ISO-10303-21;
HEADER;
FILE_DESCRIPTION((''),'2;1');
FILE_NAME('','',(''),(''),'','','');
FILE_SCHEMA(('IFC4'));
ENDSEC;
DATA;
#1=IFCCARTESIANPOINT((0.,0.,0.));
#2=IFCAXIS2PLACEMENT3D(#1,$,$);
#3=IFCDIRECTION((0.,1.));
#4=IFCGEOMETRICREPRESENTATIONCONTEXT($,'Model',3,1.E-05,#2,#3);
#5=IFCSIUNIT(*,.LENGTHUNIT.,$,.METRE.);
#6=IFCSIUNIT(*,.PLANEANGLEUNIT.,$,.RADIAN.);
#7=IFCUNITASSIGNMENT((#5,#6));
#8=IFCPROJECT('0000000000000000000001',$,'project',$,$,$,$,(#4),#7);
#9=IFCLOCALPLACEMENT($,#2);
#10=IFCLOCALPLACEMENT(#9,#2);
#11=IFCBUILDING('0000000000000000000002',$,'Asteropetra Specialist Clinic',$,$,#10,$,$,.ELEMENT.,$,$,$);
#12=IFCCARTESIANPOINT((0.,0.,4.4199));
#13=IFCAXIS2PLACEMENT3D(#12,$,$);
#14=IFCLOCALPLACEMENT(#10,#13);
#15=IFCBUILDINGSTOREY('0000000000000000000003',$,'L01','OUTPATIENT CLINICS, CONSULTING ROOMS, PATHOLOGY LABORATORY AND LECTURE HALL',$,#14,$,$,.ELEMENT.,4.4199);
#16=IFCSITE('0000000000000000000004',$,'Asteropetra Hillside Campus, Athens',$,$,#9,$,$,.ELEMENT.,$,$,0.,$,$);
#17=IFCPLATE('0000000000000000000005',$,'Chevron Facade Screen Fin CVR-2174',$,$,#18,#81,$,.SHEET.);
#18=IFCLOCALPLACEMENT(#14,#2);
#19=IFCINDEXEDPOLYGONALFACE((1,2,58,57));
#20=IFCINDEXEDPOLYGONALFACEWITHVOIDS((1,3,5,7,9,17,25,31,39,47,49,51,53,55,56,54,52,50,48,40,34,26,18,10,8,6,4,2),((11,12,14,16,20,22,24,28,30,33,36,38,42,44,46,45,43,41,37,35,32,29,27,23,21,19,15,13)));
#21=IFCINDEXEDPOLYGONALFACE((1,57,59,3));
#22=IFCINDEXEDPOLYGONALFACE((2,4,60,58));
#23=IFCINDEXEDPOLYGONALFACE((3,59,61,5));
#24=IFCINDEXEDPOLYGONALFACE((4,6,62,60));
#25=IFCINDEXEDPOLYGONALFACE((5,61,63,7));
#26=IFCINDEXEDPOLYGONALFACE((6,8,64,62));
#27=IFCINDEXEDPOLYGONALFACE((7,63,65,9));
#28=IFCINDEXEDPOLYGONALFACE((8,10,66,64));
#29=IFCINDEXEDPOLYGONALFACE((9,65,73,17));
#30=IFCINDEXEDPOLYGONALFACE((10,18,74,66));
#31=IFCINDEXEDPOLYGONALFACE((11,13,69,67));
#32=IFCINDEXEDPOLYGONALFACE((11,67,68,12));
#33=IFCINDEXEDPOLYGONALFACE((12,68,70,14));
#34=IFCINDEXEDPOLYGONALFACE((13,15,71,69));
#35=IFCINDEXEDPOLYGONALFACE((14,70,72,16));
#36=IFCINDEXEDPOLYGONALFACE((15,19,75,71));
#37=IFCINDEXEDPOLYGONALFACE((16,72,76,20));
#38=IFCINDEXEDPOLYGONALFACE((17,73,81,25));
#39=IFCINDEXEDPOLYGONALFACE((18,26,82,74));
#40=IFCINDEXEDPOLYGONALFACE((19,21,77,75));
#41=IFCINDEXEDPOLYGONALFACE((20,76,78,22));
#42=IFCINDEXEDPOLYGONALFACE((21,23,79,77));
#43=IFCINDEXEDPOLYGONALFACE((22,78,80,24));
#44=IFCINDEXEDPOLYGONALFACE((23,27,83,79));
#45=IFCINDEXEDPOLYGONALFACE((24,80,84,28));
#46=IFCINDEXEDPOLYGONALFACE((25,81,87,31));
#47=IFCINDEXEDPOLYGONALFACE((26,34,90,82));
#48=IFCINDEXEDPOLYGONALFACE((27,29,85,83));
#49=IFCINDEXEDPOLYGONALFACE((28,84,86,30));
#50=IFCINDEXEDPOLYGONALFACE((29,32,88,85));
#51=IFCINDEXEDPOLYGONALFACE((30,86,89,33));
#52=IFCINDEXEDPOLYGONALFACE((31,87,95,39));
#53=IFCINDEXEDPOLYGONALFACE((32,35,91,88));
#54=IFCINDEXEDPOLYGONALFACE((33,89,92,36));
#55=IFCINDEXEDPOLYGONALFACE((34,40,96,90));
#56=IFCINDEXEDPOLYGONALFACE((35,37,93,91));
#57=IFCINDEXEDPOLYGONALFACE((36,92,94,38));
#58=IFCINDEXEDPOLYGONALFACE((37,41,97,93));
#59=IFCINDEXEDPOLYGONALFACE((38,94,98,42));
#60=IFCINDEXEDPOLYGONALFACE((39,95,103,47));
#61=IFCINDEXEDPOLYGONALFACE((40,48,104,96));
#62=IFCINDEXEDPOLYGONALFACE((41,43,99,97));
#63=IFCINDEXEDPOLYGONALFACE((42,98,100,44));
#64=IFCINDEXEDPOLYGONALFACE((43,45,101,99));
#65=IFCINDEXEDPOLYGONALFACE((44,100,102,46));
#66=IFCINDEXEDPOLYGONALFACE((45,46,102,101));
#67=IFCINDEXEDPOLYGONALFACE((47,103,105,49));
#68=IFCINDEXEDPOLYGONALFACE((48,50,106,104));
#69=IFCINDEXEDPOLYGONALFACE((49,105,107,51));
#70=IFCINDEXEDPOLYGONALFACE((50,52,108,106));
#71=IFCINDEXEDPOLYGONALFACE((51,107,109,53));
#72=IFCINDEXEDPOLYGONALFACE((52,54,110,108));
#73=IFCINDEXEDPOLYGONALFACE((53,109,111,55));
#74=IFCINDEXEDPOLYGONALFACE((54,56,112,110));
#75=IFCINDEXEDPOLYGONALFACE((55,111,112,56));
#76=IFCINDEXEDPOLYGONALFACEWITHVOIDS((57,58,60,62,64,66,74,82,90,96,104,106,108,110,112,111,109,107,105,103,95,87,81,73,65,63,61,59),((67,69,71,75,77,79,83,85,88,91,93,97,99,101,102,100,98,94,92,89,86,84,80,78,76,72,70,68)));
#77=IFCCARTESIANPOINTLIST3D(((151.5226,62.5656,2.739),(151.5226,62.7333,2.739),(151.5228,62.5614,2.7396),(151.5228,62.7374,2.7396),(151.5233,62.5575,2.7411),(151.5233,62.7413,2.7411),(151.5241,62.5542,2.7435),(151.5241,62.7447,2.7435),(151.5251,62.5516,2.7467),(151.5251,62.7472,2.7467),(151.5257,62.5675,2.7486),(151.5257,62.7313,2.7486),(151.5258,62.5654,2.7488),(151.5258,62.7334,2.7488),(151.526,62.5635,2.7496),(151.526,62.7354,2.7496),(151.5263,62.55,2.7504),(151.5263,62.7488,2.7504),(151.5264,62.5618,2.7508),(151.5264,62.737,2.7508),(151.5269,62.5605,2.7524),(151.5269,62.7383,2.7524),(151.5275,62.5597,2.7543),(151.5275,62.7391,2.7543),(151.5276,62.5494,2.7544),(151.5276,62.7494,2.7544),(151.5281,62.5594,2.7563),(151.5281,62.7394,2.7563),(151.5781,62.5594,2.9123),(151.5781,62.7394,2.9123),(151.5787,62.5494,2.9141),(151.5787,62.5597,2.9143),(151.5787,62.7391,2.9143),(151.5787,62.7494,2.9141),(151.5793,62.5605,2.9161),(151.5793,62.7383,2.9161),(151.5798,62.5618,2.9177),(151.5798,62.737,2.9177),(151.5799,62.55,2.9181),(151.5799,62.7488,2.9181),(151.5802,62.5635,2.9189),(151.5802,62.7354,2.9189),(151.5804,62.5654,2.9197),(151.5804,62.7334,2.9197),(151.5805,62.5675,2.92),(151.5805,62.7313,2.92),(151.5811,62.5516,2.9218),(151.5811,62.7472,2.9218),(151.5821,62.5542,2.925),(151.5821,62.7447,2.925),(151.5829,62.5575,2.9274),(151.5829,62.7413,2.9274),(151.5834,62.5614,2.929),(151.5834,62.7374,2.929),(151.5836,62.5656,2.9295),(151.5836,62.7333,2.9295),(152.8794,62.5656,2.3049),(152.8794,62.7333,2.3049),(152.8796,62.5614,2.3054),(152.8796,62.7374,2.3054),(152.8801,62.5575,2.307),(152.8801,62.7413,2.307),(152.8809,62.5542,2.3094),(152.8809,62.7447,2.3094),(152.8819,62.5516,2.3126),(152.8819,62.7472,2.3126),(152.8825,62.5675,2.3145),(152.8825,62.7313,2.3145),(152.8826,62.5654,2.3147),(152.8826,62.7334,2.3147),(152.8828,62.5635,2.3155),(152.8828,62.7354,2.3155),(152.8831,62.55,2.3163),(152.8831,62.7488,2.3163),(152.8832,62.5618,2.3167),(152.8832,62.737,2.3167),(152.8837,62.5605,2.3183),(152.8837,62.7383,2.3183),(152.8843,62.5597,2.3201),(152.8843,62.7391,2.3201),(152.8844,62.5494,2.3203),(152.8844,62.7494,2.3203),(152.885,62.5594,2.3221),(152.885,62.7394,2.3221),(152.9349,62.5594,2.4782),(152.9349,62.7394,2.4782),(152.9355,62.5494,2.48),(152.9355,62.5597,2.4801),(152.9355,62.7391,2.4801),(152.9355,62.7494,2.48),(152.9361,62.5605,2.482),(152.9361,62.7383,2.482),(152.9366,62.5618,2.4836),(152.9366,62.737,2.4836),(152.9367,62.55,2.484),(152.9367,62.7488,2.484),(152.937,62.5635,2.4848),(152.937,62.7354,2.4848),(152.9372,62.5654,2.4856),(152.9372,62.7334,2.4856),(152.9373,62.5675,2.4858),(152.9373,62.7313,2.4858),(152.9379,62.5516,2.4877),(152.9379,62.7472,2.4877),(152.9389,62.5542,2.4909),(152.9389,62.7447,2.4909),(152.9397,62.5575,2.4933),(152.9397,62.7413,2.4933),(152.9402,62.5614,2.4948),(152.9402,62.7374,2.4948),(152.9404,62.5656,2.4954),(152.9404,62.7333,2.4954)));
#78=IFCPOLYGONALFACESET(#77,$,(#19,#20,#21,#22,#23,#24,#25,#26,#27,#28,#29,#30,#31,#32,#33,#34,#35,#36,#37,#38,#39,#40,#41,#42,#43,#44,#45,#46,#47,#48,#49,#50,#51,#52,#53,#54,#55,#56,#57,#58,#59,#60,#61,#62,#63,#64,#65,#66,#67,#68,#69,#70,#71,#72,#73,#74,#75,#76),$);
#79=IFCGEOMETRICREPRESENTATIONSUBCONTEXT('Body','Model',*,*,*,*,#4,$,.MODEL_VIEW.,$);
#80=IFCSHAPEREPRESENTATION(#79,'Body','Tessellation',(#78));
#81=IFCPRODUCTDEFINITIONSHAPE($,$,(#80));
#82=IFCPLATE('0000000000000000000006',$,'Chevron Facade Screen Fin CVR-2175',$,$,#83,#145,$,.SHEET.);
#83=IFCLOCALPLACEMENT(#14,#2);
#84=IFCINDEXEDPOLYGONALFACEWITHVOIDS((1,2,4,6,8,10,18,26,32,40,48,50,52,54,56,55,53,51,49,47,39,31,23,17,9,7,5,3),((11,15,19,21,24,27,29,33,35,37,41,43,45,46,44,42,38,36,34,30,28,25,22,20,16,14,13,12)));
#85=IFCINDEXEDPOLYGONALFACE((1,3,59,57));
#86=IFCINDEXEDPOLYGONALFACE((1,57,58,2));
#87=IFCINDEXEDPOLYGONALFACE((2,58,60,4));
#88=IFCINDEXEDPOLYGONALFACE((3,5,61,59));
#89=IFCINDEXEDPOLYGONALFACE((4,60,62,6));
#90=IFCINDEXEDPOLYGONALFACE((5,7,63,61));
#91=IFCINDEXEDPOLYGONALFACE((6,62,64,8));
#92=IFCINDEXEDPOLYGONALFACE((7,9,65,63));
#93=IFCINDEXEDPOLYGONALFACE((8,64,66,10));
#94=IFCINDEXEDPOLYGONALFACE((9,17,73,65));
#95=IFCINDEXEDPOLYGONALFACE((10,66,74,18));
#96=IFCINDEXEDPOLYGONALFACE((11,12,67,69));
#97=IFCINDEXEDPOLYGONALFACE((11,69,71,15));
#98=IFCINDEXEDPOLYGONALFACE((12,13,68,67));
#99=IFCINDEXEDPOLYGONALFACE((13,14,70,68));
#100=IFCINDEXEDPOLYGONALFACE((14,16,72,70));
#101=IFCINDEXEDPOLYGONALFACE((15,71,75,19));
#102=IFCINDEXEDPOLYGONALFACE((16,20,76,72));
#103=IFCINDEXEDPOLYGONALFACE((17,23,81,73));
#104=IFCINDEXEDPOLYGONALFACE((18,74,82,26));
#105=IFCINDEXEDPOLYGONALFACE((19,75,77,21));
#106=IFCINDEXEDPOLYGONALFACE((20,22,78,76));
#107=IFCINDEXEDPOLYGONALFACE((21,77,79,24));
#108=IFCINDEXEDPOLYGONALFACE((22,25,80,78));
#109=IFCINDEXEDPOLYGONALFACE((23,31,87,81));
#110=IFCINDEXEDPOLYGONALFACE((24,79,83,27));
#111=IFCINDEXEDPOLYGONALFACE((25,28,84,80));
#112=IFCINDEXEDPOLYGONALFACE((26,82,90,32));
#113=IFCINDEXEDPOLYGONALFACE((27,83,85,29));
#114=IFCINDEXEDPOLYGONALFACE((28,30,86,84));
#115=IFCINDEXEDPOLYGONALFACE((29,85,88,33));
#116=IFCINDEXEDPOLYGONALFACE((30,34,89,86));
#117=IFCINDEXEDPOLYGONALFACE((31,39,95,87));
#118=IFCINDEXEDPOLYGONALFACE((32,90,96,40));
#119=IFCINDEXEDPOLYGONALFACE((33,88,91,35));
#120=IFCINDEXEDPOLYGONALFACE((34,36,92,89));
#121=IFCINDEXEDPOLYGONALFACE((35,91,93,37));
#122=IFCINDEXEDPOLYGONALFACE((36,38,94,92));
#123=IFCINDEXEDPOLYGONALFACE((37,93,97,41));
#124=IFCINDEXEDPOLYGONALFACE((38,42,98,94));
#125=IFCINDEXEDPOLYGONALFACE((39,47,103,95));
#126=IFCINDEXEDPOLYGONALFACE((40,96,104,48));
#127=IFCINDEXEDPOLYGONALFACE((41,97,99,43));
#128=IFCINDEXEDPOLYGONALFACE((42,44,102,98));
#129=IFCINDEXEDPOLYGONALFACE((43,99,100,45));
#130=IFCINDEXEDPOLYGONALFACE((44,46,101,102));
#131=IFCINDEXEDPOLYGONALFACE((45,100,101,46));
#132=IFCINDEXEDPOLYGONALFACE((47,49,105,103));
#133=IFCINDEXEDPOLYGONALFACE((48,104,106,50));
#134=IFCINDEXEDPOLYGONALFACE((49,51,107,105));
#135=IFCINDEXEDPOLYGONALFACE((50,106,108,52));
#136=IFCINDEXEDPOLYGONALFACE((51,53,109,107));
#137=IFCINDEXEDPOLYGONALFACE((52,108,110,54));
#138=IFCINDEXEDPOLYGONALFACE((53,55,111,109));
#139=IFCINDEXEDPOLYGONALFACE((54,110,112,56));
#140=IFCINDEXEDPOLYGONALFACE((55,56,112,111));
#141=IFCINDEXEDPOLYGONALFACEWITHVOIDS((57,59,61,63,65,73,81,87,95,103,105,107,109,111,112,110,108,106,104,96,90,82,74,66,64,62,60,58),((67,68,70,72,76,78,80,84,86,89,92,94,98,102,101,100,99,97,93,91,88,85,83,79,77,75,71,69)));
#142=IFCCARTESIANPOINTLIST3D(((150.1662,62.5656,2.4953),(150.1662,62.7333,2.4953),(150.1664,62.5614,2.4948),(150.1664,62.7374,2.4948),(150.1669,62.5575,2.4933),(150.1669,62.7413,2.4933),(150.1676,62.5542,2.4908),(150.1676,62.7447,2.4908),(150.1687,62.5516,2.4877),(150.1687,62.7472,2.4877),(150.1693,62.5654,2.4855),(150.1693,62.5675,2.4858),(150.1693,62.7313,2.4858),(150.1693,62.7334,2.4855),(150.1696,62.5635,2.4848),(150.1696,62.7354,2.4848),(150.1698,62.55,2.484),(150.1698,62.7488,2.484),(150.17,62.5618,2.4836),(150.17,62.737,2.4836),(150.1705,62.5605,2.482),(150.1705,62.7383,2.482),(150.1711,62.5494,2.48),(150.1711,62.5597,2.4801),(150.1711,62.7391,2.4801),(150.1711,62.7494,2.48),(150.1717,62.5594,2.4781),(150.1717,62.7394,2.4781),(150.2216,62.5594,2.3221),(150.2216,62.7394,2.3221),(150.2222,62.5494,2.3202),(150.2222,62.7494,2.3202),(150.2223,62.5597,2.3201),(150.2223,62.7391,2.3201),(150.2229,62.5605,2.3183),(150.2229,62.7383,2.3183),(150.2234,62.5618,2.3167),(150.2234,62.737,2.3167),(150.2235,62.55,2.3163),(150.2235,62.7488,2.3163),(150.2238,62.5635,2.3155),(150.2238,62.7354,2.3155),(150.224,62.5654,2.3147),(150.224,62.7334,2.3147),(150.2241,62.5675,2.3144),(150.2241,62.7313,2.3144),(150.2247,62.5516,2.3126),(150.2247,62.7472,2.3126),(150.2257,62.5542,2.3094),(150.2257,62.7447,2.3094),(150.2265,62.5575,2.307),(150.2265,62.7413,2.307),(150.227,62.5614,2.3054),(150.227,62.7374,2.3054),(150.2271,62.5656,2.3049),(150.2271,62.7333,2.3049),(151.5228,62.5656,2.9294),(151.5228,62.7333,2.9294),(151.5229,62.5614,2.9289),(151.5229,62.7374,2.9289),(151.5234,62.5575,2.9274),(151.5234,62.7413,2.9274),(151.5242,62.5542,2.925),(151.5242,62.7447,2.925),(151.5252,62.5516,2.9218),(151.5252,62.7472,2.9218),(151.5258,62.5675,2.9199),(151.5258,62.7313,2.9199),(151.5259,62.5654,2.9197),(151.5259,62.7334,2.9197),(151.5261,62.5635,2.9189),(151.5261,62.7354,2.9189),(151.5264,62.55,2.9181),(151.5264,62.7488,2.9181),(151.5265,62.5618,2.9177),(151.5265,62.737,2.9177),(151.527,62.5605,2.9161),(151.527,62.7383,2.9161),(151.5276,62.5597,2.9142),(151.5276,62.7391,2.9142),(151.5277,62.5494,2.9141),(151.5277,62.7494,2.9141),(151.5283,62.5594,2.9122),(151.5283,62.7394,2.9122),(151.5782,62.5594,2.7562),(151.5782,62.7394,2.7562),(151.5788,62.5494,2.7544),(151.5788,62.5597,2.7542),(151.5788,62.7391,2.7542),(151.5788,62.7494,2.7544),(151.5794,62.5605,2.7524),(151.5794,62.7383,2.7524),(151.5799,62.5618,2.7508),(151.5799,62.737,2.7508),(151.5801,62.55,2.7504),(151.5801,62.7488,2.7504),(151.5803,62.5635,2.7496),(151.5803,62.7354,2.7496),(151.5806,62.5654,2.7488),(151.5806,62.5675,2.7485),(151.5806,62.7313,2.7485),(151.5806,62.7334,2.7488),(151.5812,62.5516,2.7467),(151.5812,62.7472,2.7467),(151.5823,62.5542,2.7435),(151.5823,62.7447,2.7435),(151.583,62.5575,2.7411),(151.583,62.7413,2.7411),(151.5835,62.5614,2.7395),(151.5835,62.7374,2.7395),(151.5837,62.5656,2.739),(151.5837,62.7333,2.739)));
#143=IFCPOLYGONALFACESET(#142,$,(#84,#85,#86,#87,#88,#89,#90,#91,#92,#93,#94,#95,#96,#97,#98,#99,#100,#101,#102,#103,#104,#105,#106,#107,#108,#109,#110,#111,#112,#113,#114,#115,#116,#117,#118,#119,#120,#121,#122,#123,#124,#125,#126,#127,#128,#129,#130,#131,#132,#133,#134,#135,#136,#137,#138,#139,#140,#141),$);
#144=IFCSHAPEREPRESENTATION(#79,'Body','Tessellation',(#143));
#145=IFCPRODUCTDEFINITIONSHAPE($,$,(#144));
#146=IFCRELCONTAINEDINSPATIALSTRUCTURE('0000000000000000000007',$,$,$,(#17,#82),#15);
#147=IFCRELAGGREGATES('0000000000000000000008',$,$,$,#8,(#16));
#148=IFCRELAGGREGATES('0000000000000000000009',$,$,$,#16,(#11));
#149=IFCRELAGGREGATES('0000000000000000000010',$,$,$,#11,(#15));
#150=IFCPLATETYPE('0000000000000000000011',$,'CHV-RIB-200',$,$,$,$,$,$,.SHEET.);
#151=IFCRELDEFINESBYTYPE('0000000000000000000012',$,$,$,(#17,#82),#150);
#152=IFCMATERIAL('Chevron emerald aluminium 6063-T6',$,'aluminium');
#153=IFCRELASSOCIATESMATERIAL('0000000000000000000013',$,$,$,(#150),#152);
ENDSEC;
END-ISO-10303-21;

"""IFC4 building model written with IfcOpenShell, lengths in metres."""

from ifc_helpers import new_model, si_unit, direction, frame, origin, origin_2d, place, context, subcontext, project, spatial, hollow_rectangle, extrude, material, material_profile, profile_set, type_object, element, save


model = new_model("IFC4")

# Units and contexts
model_context = context("Model", 3, precision=1e-05, world=origin(), true_north=direction((0.0, 1.0)))
body_context = subcontext(model_context, "Body", "Model", "MODEL_VIEW")
ifc_project = project(units=[si_unit("LENGTHUNIT", "METRE"), si_unit("PLANEANGLEUNIT", "RADIAN")], contexts=[model_context])

# Site, building, storey
site_placement = place(None, origin())
site = spatial("IfcSite", under=ifc_project, at=site_placement, Name="Asteropetra Hillside Campus, Athens", CompositionType="ELEMENT", RefElevation=0.0)
building_placement = place(site_placement, origin())
building = spatial("IfcBuilding", under=site, at=building_placement, Name="Asteropetra Specialist Clinic", CompositionType="ELEMENT")
storey_placement = place(building_placement, frame((0.0, 0.0, 4.4199)))
storey = spatial("IfcBuildingStorey", under=building, at=storey_placement, Name="L01", Description="OUTPATIENT CLINICS, CONSULTING ROOMS, PATHOLOGY LABORATORY AND LECTURE HALL", CompositionType="ELEMENT", Elevation=4.4199)

# Plates
ifc_material_1 = material(Name="Chevron emerald aluminium 6063-T6", Category="aluminium")
ifc_material_profile = material_profile(ifc_material_1, hollow_rectangle(XDim=0.2, YDim=0.2, WallThickness=0.01, InnerFilletRadius=0.0081, OuterFilletRadius=0.0161, at=origin_2d()), Name="SHS 200x200x10.0")
ifc_profile_set = profile_set([ifc_material_profile], Name="Chevron emerald aluminium 6063-T6")
plate_type = type_object("IfcPlateType", Name="CHV-RIB-200", PredefinedType="SHEET", material=ifc_profile_set)
plate_1_placement = place(storey_placement, frame((152.9099, 62.6494, 2.4001), z_axis=(-0.952436, 0.0, 0.304738), x_axis=(0.0, -1.0, 0.0)))
element("IfcPlate", 1, at=plate_1_placement, inside=storey, type_object=plate_type, Name="Chevron Facade Screen Fin CVR-2174", PredefinedType="SHEET", context=body_context, shape_type="SweptSolid", body=[
    extrude(hollow_rectangle(XDim=0.2, YDim=0.2, WallThickness=0.01, InnerFilletRadius=0.0081, OuterFilletRadius=0.0161, at=origin_2d()), origin(), (0.0, 0.0, 1.0), 1.4246),
])
plate_2_placement = place(storey_placement, frame((151.5532, 62.6494, 2.8342), z_axis=(-0.95242, 0.0, -0.304788), x_axis=(0.0, -1.0, 0.0)))
element("IfcPlate", 2, at=plate_2_placement, inside=storey, type_object=plate_type, Name="Chevron Facade Screen Fin CVR-2175", PredefinedType="SHEET", context=body_context, shape_type="SweptSolid", body=[
    extrude(hollow_rectangle(XDim=0.2, YDim=0.2, WallThickness=0.01, InnerFilletRadius=0.0081, OuterFilletRadius=0.0161, at=origin_2d()), origin(), (0.0, 0.0, 1.0), 1.4243),
])

save(model, "model.ifc")
